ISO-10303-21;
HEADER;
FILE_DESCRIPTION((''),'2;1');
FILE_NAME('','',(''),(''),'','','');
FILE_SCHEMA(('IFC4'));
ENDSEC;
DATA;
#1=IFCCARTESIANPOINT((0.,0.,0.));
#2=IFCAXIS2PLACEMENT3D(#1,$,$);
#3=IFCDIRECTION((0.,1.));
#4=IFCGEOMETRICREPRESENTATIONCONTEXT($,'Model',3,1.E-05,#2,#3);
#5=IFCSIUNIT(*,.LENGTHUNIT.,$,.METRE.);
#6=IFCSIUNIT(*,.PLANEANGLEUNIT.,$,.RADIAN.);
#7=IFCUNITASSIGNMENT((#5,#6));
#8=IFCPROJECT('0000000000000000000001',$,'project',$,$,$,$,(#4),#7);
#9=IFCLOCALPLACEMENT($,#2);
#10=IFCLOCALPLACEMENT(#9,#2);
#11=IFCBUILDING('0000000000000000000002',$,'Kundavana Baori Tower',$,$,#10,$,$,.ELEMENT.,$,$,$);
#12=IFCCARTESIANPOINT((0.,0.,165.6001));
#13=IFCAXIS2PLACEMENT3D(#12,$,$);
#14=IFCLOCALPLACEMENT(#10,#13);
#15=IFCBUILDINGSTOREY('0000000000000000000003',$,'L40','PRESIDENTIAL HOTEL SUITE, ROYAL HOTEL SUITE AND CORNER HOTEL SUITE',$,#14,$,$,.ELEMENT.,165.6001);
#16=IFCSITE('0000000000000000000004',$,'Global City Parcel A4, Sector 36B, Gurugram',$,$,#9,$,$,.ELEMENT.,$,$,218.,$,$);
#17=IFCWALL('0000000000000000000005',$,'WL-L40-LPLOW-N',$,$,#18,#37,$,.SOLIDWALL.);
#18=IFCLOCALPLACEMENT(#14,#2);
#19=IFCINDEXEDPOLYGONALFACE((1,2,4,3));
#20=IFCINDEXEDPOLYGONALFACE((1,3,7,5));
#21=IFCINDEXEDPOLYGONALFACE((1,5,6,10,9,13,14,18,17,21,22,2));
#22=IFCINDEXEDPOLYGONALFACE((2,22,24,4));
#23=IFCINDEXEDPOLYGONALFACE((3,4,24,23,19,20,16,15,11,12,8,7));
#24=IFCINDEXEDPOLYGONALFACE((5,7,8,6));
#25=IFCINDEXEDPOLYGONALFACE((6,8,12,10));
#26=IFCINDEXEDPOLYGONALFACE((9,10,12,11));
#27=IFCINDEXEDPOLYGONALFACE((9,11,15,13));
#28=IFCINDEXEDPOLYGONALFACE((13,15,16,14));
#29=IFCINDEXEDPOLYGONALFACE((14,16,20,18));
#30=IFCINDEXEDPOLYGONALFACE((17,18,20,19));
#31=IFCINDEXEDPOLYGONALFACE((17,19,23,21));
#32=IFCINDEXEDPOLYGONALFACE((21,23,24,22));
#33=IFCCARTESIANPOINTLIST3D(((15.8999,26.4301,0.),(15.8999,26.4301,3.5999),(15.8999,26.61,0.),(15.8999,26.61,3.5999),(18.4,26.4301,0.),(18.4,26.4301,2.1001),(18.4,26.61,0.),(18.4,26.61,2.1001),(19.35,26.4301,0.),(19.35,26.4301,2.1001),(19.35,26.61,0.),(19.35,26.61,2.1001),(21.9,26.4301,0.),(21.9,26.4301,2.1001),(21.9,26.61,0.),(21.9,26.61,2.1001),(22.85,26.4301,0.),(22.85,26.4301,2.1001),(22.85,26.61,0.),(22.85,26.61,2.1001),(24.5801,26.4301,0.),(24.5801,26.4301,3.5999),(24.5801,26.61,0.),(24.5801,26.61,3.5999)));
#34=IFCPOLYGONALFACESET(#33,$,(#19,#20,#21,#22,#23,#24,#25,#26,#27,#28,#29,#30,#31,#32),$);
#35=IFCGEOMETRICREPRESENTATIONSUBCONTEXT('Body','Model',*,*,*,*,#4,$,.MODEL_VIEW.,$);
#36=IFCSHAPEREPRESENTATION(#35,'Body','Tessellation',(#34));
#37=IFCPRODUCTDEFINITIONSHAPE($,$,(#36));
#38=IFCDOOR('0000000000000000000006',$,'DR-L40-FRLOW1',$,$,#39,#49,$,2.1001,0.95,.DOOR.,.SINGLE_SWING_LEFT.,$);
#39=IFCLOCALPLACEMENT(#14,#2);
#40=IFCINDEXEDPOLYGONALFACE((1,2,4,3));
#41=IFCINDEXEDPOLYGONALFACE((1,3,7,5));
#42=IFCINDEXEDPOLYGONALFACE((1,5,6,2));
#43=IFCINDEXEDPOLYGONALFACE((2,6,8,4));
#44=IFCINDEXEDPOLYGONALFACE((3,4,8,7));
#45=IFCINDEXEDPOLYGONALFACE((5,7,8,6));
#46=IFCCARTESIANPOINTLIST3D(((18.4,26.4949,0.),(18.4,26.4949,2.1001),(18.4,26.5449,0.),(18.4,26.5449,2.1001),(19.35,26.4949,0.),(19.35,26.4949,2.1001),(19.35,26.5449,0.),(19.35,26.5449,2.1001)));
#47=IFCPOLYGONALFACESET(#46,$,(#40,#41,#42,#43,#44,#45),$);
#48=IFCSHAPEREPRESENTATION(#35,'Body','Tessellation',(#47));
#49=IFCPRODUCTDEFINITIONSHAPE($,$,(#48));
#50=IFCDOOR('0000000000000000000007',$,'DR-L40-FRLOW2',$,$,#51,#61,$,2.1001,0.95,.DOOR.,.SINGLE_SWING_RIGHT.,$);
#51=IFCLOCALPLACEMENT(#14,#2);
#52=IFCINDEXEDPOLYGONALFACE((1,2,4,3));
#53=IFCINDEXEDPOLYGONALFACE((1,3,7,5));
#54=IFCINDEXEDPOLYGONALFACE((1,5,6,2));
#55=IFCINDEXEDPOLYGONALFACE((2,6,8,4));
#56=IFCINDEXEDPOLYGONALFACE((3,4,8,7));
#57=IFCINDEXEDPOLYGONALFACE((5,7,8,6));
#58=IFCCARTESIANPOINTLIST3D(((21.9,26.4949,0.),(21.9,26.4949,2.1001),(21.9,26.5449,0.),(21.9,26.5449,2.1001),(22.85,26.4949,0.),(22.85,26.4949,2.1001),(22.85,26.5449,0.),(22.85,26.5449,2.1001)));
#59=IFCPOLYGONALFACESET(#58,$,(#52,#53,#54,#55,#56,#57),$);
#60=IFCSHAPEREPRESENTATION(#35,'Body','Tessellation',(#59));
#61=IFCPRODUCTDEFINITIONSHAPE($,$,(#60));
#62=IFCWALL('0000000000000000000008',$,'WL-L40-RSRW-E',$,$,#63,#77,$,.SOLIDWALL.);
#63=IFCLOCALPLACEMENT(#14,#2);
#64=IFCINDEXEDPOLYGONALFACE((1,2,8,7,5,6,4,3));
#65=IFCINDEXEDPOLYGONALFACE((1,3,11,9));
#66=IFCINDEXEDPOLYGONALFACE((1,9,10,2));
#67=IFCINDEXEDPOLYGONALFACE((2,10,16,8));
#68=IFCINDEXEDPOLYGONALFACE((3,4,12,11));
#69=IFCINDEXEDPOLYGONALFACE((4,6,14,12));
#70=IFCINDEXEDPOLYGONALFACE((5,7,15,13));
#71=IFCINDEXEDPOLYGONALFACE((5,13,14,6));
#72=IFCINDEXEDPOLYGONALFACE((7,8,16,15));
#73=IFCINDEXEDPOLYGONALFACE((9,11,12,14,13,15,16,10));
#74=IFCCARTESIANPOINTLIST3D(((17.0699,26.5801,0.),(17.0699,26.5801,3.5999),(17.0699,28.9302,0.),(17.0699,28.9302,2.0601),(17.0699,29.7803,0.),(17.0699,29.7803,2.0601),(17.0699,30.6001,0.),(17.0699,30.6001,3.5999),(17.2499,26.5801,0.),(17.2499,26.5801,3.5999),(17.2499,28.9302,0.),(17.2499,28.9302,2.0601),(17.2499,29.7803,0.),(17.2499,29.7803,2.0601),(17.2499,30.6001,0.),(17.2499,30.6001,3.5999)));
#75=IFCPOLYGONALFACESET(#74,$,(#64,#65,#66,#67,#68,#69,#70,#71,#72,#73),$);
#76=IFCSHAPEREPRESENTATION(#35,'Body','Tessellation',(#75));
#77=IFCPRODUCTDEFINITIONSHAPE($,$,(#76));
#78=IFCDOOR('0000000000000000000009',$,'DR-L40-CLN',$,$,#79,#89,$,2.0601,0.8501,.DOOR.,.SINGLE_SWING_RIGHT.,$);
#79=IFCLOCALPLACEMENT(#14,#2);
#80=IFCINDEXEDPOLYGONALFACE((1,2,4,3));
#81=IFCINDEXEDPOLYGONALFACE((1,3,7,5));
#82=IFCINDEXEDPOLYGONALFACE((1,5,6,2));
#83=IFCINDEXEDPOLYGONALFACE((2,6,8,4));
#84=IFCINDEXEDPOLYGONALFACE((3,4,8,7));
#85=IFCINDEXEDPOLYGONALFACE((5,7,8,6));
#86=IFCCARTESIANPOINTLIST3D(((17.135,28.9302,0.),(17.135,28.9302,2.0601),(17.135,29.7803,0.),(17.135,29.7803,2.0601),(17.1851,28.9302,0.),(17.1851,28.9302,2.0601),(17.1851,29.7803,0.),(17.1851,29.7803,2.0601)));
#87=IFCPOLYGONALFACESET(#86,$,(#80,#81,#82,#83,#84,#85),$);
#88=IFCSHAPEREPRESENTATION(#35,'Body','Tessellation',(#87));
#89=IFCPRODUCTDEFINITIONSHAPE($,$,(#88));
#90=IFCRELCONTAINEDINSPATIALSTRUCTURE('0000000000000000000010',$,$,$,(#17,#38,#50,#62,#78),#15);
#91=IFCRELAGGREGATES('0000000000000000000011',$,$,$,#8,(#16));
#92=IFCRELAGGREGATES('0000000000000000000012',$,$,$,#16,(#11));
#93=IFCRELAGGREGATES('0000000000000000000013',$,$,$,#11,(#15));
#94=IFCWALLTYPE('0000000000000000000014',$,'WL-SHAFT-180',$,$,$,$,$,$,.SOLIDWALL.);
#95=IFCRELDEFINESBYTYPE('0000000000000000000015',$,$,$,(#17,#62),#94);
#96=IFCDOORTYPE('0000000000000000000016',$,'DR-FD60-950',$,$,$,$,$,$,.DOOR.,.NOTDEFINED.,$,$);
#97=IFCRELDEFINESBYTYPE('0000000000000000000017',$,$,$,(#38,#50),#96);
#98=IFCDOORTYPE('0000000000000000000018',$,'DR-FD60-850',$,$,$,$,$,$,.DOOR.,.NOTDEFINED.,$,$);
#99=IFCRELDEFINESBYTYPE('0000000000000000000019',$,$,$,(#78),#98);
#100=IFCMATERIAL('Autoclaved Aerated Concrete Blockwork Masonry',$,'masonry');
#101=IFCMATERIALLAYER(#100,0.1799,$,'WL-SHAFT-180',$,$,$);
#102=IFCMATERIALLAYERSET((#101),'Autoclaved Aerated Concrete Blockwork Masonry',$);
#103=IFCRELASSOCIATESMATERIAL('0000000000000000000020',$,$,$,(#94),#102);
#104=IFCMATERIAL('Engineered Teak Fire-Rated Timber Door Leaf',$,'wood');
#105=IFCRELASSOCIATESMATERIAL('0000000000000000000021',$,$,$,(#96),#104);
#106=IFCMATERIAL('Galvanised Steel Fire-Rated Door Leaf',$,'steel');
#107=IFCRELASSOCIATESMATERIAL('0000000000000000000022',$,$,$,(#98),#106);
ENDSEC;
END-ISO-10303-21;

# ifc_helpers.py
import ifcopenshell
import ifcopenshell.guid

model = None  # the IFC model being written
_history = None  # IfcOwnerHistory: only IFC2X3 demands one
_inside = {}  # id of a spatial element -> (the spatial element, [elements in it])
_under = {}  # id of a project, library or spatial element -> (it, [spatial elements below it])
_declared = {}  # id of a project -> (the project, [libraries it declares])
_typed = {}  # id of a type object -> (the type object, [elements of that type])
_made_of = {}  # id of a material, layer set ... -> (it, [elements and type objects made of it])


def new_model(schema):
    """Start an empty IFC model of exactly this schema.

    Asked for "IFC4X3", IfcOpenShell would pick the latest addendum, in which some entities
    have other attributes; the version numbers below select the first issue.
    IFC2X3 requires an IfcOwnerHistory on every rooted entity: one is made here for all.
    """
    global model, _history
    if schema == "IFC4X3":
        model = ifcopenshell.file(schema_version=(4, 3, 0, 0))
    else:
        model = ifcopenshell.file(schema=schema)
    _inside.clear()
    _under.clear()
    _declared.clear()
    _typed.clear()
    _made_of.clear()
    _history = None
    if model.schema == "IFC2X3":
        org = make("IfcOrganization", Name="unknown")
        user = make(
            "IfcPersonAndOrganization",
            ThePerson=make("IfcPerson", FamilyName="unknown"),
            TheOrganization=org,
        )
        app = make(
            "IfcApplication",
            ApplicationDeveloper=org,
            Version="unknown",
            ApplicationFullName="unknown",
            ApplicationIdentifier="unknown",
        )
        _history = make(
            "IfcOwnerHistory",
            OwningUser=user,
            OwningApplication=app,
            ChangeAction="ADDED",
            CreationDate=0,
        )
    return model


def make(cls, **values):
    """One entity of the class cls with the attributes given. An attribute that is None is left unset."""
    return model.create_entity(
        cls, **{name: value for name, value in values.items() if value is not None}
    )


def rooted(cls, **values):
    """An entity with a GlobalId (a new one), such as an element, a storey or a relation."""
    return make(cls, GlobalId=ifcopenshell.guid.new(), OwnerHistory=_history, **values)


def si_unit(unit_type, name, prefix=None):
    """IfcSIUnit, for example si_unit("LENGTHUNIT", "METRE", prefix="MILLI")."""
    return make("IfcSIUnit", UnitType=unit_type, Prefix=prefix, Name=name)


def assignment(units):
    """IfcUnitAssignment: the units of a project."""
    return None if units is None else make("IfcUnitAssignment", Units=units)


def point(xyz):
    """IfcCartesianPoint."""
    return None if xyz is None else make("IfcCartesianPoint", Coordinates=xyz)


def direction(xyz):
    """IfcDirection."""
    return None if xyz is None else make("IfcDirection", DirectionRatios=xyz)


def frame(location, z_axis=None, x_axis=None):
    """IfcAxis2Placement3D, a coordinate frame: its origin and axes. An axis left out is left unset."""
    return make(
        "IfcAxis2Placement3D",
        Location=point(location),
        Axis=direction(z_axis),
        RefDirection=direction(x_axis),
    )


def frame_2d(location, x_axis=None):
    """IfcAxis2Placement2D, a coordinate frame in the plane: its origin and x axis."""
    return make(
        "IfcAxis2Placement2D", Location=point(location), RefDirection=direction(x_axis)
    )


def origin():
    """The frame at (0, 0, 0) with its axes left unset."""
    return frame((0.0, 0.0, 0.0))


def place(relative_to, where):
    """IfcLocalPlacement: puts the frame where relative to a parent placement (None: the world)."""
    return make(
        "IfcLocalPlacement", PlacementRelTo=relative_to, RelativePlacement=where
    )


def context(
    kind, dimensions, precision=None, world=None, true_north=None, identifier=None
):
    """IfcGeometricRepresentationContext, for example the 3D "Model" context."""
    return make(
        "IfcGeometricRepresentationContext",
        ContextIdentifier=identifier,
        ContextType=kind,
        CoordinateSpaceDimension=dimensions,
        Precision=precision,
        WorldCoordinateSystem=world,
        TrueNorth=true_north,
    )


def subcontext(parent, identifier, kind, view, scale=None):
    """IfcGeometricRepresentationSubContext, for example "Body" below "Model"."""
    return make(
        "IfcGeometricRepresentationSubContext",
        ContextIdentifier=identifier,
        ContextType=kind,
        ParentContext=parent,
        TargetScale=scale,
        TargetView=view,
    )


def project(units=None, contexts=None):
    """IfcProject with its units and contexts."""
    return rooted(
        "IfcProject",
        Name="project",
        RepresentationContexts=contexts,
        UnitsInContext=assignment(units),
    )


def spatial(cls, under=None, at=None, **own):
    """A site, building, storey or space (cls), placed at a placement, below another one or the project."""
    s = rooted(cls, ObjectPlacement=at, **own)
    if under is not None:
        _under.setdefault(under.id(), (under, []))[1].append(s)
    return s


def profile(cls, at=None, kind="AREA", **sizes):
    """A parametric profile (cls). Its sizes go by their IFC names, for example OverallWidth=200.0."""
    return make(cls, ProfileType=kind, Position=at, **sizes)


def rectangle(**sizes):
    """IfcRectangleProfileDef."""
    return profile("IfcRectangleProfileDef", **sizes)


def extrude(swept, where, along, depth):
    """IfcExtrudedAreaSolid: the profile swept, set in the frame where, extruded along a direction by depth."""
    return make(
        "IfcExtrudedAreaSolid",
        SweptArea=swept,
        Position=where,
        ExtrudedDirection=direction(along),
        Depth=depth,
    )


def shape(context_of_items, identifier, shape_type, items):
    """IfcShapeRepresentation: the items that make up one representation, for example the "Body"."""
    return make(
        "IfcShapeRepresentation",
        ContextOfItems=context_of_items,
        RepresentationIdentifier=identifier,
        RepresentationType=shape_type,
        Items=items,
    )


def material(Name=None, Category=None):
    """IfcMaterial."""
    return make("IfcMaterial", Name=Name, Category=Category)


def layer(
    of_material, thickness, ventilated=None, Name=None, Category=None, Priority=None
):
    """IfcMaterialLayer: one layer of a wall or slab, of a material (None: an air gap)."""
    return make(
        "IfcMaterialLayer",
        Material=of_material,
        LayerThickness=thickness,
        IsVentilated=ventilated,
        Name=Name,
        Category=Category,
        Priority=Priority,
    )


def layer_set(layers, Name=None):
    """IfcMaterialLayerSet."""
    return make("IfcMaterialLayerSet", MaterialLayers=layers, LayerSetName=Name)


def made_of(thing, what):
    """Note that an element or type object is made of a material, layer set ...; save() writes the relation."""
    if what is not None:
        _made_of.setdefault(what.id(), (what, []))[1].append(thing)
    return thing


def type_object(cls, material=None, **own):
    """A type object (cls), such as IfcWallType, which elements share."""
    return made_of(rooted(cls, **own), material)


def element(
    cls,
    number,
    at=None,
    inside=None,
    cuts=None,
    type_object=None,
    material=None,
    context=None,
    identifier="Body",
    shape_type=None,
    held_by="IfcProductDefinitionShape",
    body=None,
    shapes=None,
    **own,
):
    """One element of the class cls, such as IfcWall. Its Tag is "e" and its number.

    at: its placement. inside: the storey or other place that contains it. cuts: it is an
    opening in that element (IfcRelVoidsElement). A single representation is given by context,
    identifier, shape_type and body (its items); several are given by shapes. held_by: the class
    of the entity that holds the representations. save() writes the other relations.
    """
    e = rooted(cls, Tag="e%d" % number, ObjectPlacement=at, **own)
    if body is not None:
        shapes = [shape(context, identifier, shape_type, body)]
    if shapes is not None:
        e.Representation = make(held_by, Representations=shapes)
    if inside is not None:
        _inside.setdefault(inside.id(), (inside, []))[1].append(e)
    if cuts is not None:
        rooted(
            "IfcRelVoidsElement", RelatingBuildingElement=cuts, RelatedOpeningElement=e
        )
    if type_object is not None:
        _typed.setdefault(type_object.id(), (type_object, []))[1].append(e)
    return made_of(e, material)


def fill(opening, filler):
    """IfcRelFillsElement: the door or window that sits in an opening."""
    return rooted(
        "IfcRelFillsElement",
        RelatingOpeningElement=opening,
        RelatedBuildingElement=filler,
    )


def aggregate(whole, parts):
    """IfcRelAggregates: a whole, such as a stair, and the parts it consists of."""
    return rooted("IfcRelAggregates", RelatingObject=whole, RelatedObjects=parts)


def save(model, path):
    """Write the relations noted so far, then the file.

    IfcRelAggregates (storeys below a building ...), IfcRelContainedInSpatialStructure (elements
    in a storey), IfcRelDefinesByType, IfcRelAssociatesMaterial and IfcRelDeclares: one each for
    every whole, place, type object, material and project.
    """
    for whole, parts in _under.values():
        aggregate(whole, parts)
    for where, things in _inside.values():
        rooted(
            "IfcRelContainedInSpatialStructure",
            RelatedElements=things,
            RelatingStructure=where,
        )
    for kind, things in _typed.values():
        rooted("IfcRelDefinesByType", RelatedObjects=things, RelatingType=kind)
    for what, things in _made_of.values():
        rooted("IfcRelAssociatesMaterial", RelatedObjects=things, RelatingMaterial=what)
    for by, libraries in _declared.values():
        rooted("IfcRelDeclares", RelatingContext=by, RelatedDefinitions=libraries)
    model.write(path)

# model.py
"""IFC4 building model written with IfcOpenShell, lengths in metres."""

from ifc_helpers import new_model, si_unit, direction, frame, frame_2d, origin, place, context, subcontext, project, spatial, rectangle, extrude, material, layer, layer_set, type_object, element, fill, save


model = new_model("IFC4")

# Units and contexts
model_context = context("Model", 3, precision=1e-05, world=origin(), true_north=direction((0.0, 1.0)))
body_context = subcontext(model_context, "Body", "Model", "MODEL_VIEW")
ifc_project = project(units=[si_unit("LENGTHUNIT", "METRE"), si_unit("PLANEANGLEUNIT", "RADIAN")], contexts=[model_context])

# Site, building, storey
site_placement = place(None, origin())
site = spatial("IfcSite", under=ifc_project, at=site_placement, Name="Global City Parcel A4, Sector 36B, Gurugram", CompositionType="ELEMENT", RefElevation=218.0)
building_placement = place(site_placement, origin())
building = spatial("IfcBuilding", under=site, at=building_placement, Name="Kundavana Baori Tower", CompositionType="ELEMENT")
storey_placement = place(building_placement, frame((0.0, 0.0, 165.6001)))
storey = spatial("IfcBuildingStorey", under=building, at=storey_placement, Name="L40", Description="PRESIDENTIAL HOTEL SUITE, ROYAL HOTEL SUITE AND CORNER HOTEL SUITE", CompositionType="ELEMENT", Elevation=165.6001)

# Wall, openings, doors
ifc_material_1 = material(Name="Autoclaved Aerated Concrete Blockwork Masonry", Category="masonry")
ifc_layer_1 = layer(ifc_material_1, 0.1799, Name="WL-SHAFT-180")
ifc_layer_set_1 = layer_set([ifc_layer_1], Name="Autoclaved Aerated Concrete Blockwork Masonry")
wall_type_1 = type_object("IfcWallType", Name="WL-SHAFT-180", PredefinedType="SOLIDWALL", material=ifc_layer_set_1)
wall_1_placement = place(storey_placement, frame((15.8999, 26.52, 0.0), z_axis=(0.0, 0.0, 1.0), x_axis=(1.0, 0.0, 0.0)))
wall_1 = element("IfcWall", 1, at=wall_1_placement, inside=storey, type_object=wall_type_1, Name="WL-L40-LPLOW-N", PredefinedType="SOLIDWALL", context=body_context, shape_type="SweptSolid", body=[
    extrude(rectangle(XDim=8.6802, YDim=0.1799, at=frame_2d((4.3401, 0.0))), origin(), (0.0, 0.0, 1.0), 3.5999),
])
opening_1_placement = place(wall_1_placement, frame((2.5, 0.0, 0.0)))
opening_1 = element("IfcOpeningElement", 2, at=opening_1_placement, cuts=wall_1, PredefinedType="OPENING", context=body_context, shape_type="SweptSolid", body=[
    extrude(rectangle(XDim=0.95, YDim=2.1001, at=frame_2d((0.4751, 1.05))), frame((0.0, 0.1001, 0.0), z_axis=(0.0, -1.0, 0.0), x_axis=(1.0, 0.0, 0.0)), (0.0, 0.0, 1.0), 0.2),
])
opening_2_placement = place(wall_1_placement, frame((6.0, 0.0, 0.0)))
opening_2 = element("IfcOpeningElement", 3, at=opening_2_placement, cuts=wall_1, PredefinedType="OPENING", context=body_context, shape_type="SweptSolid", body=[
    extrude(rectangle(XDim=0.95, YDim=2.1001, at=frame_2d((0.4751, 1.05))), frame((0.0, 0.1001, 0.0), z_axis=(0.0, -1.0, 0.0), x_axis=(1.0, 0.0, 0.0)), (0.0, 0.0, 1.0), 0.2),
])
ifc_material_2 = material(Name="Engineered Teak Fire-Rated Timber Door Leaf", Category="wood")
door_type_1 = type_object("IfcDoorType", Name="DR-FD60-950", OperationType="NOTDEFINED", PredefinedType="DOOR", material=ifc_material_2)
door_1_placement = place(opening_1_placement, origin())
door_1 = element("IfcDoor", 4, at=door_1_placement, inside=storey, type_object=door_type_1, Name="DR-L40-FRLOW1", OperationType="SINGLE_SWING_LEFT", OverallHeight=2.1001, OverallWidth=0.95, PredefinedType="DOOR", context=body_context, shape_type="SweptSolid", body=[
    extrude(rectangle(XDim=0.95, YDim=2.1001, at=frame_2d((0.4751, 1.05))), frame((0.0, 0.0249, 0.0), z_axis=(0.0, -1.0, 0.0), x_axis=(1.0, 0.0, 0.0)), (0.0, 0.0, 1.0), 0.05),
])
fill(opening_1, door_1)
door_2_placement = place(opening_2_placement, origin())
door_2 = element("IfcDoor", 5, at=door_2_placement, inside=storey, type_object=door_type_1, Name="DR-L40-FRLOW2", OperationType="SINGLE_SWING_RIGHT", OverallHeight=2.1001, OverallWidth=0.95, PredefinedType="DOOR", context=body_context, shape_type="SweptSolid", body=[
    extrude(rectangle(XDim=0.95, YDim=2.1001, at=frame_2d((0.4751, 1.05))), frame((0.0, 0.0249, 0.0), z_axis=(0.0, -1.0, 0.0), x_axis=(1.0, 0.0, 0.0)), (0.0, 0.0, 1.0), 0.05),
])
fill(opening_2, door_2)

# Wall, opening, door
wall_2_placement = place(storey_placement, frame((17.1599, 26.5801, 0.0), z_axis=(0.0, 0.0, 1.0), x_axis=(0.0, 1.0, 0.0)))
wall_2 = element("IfcWall", 6, at=wall_2_placement, inside=storey, type_object=wall_type_1, Name="WL-L40-RSRW-E", PredefinedType="SOLIDWALL", context=body_context, shape_type="SweptSolid", body=[
    extrude(rectangle(XDim=4.02, YDim=0.1799, at=frame_2d((2.01, 0.0))), origin(), (0.0, 0.0, 1.0), 3.5999),
])
opening_3_placement = place(wall_2_placement, frame((2.3501, 0.0, 0.0)))
opening_3 = element("IfcOpeningElement", 7, at=opening_3_placement, cuts=wall_2, PredefinedType="OPENING", context=body_context, shape_type="SweptSolid", body=[
    extrude(rectangle(XDim=0.8501, YDim=2.0601, at=frame_2d((0.425, 1.03))), frame((0.0, 0.1001, 0.0), z_axis=(0.0, -1.0, 0.0), x_axis=(1.0, 0.0, 0.0)), (0.0, 0.0, 1.0), 0.2),
])
ifc_material_3 = material(Name="Galvanised Steel Fire-Rated Door Leaf", Category="steel")
door_type_2 = type_object("IfcDoorType", Name="DR-FD60-850", OperationType="NOTDEFINED", PredefinedType="DOOR", material=ifc_material_3)
door_3_placement = place(opening_3_placement, origin())
door_3 = element("IfcDoor", 8, at=door_3_placement, inside=storey, type_object=door_type_2, Name="DR-L40-CLN", OperationType="SINGLE_SWING_RIGHT", OverallHeight=2.0601, OverallWidth=0.8501, PredefinedType="DOOR", context=body_context, shape_type="SweptSolid", body=[
    extrude(rectangle(XDim=0.8501, YDim=2.0601, at=frame_2d((0.425, 1.03))), frame((0.0, 0.0249, 0.0), z_axis=(0.0, -1.0, 0.0), x_axis=(1.0, 0.0, 0.0)), (0.0, 0.0, 1.0), 0.05),
])
fill(opening_3, door_3)

save(model, "model.ifc")
